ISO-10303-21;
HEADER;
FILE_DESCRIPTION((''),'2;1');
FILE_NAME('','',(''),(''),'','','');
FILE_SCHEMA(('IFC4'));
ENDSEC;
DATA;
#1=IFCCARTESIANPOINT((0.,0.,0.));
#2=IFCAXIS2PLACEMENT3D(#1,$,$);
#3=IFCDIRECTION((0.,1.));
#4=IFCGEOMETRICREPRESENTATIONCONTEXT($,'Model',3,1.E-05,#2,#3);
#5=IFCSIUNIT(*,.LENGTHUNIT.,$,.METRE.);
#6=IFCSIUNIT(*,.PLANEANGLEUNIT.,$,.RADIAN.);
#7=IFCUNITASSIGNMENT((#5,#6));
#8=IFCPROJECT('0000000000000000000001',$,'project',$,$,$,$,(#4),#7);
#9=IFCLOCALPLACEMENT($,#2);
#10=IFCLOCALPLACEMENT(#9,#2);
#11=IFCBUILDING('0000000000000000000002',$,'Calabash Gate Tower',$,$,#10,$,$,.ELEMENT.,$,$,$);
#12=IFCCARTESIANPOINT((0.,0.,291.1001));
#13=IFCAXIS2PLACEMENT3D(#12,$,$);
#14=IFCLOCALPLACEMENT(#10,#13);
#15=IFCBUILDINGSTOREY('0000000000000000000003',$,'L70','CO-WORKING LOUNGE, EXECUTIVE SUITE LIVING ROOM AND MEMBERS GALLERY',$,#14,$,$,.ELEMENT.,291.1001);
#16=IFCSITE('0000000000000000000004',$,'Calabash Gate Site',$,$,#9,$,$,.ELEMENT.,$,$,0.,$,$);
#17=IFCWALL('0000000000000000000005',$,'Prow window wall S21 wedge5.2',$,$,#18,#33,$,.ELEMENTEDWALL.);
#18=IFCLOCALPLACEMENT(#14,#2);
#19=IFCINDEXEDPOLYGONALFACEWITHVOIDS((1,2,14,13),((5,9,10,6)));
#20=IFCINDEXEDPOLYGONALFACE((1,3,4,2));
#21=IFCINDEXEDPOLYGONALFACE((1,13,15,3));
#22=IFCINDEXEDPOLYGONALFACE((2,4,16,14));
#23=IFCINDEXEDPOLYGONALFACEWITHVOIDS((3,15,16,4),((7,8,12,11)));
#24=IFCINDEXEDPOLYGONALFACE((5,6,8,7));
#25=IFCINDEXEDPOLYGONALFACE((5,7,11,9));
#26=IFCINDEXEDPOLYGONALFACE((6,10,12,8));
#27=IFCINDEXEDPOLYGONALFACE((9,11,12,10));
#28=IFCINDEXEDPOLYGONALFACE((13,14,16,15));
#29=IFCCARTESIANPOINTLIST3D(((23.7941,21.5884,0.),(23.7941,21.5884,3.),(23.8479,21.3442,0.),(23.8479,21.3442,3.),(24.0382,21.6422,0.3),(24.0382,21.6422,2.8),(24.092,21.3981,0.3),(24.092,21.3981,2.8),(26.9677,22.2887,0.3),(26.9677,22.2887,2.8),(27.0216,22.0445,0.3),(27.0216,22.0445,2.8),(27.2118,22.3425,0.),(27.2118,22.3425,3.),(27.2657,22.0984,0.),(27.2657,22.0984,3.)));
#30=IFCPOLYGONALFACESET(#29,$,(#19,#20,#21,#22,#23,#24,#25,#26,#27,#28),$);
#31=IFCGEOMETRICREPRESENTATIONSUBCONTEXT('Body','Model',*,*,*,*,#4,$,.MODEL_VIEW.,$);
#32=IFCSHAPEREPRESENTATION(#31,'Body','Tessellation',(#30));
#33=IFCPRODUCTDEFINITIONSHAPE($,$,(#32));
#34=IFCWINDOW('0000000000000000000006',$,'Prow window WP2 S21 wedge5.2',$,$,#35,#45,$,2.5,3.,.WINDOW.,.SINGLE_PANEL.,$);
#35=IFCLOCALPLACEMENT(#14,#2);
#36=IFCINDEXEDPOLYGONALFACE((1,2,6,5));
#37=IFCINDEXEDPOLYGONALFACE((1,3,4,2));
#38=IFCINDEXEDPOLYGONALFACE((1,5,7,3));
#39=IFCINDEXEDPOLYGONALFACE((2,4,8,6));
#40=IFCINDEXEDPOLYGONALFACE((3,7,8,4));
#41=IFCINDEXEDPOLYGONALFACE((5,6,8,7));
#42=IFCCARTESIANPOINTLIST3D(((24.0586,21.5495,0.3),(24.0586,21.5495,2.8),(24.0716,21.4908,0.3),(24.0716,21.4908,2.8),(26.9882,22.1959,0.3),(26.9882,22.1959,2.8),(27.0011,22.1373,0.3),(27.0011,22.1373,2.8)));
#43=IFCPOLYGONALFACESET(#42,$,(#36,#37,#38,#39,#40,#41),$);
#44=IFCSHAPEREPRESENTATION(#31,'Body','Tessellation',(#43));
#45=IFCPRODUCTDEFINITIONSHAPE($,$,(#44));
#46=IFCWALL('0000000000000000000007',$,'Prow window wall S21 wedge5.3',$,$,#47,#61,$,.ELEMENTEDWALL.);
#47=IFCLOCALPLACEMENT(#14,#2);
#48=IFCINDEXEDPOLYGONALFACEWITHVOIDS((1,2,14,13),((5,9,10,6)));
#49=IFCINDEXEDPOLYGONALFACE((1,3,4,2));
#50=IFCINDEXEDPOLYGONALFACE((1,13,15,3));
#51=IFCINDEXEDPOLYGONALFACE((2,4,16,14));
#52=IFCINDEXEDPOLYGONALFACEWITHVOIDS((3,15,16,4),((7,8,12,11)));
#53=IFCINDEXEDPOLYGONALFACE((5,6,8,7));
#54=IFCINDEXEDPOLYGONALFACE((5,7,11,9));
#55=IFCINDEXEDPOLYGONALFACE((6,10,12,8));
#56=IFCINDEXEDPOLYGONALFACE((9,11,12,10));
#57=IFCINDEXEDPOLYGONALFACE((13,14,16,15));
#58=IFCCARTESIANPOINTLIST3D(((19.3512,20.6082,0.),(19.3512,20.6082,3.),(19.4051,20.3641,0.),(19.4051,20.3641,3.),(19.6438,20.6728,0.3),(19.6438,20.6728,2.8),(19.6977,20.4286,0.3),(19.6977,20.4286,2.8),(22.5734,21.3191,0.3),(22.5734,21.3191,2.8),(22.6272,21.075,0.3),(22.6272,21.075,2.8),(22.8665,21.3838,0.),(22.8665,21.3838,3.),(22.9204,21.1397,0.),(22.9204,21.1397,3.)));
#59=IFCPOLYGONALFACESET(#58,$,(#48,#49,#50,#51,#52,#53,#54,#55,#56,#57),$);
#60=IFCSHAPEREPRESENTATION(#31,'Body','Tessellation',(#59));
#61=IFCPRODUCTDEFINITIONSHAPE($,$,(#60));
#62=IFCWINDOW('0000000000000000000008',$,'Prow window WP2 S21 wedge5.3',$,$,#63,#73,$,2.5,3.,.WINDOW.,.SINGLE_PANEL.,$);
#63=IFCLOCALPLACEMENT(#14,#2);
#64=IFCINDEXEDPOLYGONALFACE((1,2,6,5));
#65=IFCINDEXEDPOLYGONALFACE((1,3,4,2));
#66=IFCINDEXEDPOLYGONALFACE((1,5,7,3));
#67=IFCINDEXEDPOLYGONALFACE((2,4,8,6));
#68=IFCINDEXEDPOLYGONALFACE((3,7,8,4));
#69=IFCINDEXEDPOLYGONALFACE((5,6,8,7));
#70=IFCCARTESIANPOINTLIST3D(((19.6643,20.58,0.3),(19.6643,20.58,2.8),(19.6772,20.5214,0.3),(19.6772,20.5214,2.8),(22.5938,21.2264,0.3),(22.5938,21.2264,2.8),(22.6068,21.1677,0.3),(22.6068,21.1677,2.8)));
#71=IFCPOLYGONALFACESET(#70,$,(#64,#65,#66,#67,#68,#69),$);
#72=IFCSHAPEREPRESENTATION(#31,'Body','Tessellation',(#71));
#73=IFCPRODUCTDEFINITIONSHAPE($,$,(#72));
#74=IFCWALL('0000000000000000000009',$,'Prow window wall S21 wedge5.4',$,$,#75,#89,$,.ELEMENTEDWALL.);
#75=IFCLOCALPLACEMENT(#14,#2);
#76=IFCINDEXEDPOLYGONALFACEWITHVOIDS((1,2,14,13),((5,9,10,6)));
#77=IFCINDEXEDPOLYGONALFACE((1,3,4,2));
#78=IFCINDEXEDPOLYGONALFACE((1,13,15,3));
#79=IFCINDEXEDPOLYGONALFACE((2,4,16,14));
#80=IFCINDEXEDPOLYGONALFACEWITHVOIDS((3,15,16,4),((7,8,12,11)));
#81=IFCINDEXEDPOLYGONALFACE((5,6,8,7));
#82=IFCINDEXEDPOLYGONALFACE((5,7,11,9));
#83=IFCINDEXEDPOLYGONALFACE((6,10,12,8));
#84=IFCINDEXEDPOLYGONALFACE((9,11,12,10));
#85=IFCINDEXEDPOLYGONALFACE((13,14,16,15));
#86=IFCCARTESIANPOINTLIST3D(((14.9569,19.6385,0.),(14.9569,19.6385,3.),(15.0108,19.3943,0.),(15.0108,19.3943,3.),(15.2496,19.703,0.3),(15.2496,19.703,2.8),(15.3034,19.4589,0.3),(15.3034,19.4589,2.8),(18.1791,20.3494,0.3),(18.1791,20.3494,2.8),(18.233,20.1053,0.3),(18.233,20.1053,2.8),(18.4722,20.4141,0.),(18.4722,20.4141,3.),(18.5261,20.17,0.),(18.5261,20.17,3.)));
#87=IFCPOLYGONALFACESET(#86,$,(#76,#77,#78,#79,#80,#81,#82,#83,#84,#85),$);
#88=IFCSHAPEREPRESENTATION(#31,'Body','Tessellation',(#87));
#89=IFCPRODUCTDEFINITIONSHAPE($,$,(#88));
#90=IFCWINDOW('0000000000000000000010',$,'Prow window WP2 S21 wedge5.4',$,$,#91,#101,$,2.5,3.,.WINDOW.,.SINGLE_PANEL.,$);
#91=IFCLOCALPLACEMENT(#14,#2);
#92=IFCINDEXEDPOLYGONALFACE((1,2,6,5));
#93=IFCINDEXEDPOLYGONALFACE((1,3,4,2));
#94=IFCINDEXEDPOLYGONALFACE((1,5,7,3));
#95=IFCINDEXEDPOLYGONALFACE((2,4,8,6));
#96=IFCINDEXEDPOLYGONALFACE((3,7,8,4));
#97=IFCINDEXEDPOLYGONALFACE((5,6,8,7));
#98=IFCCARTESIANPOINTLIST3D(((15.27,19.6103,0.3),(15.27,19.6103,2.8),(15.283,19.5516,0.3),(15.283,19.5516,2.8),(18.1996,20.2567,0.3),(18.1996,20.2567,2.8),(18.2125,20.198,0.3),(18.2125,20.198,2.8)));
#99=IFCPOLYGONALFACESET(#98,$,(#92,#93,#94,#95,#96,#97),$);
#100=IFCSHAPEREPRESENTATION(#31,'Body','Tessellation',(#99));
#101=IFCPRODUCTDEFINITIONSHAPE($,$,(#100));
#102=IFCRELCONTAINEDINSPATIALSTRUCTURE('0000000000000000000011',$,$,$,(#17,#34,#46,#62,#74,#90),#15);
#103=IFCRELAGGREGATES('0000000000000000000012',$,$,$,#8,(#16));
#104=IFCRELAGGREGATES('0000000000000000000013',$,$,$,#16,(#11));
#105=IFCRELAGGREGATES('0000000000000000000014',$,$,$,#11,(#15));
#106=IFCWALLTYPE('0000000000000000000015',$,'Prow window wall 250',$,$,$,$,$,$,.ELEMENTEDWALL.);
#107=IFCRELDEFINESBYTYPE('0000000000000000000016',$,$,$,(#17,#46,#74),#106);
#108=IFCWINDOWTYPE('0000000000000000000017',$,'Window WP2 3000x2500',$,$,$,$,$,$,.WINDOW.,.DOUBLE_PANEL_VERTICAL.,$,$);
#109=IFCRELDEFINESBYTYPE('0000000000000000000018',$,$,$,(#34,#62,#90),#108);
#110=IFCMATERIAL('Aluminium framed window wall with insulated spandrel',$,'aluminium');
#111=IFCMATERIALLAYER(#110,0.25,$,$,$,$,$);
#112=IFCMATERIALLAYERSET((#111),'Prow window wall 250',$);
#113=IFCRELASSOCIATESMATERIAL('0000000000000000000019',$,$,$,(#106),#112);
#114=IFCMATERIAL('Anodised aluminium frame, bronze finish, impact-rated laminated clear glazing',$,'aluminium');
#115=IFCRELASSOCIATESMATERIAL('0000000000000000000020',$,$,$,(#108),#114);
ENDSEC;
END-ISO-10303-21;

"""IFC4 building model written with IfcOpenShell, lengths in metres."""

from ifc_helpers import new_model, si_unit, direction, frame, frame_2d, origin, place, context, subcontext, project, spatial, rectangle, extrude, material, layer, layer_set, type_object, element, fill, save


model = new_model("IFC4")

# Units and contexts
model_context = context("Model", 3, precision=1e-05, world=origin(), true_north=direction((0.0, 1.0)))
body_context = subcontext(model_context, "Body", "Model", "MODEL_VIEW")
ifc_project = project(units=[si_unit("LENGTHUNIT", "METRE"), si_unit("PLANEANGLEUNIT", "RADIAN")], contexts=[model_context])

# Site, building, storey
site_placement = place(None, origin())
site = spatial("IfcSite", under=ifc_project, at=site_placement, Name="Calabash Gate Site", CompositionType="ELEMENT", RefElevation=0.0)
building_placement = place(site_placement, origin())
building = spatial("IfcBuilding", under=site, at=building_placement, Name="Calabash Gate Tower", CompositionType="ELEMENT")
storey_placement = place(building_placement, frame((0.0, 0.0, 291.1001)))
storey = spatial("IfcBuildingStorey", under=building, at=storey_placement, Name="L70", Description="CO-WORKING LOUNGE, EXECUTIVE SUITE LIVING ROOM AND MEMBERS GALLERY", CompositionType="ELEMENT", Elevation=291.1001)

# Walls, openings, windows
ifc_material_1 = material(Name="Aluminium framed window wall with insulated spandrel", Category="aluminium")
ifc_layer_1 = layer(ifc_material_1, 0.25)
ifc_layer_set_1 = layer_set([ifc_layer_1], Name="Prow window wall 250")
wall_type_1 = type_object("IfcWallType", Name="Prow window wall 250", PredefinedType="ELEMENTEDWALL", material=ifc_layer_set_1)
ifc_material_2 = material(Name="Anodised aluminium frame, bronze finish, impact-rated laminated clear glazing", Category="aluminium")
window_type = type_object("IfcWindowType", Name="Window WP2 3000x2500", PartitioningType="DOUBLE_PANEL_VERTICAL", PredefinedType="WINDOW", material=ifc_material_2)
wall_1_placement = place(storey_placement, frame((27.2388, 22.2205, 0.0), z_axis=(0.0, 0.0, 1.0), x_axis=(-0.976509, -0.215475, 0.0)))
wall_1 = element("IfcWall", 1, at=wall_1_placement, inside=storey, type_object=wall_type_1, Name="Prow window wall S21 wedge5.2", PredefinedType="ELEMENTEDWALL", context=body_context, shape_type="SweptSolid", body=[
    extrude(rectangle(XDim=3.5, YDim=0.25, at=frame_2d((1.75, 0.0))), origin(), (0.0, 0.0, 1.0), 3.0),
])
opening_1_placement = place(wall_1_placement, frame((0.25, 0.0, 0.3)))
opening_1 = element("IfcOpeningElement", 2, at=opening_1_placement, cuts=wall_1, PredefinedType="OPENING", context=body_context, shape_type="SweptSolid", body=[
    extrude(rectangle(XDim=3.0, YDim=2.5, at=frame_2d((1.5, 1.25))), frame((0.0, 0.135, 0.0), z_axis=(0.0, -1.0, 0.0), x_axis=(1.0, 0.0, 0.0)), (0.0, 0.0, 1.0), 0.27),
])
window_1_placement = place(opening_1_placement, origin())
window_1 = element("IfcWindow", 3, at=window_1_placement, inside=storey, type_object=window_type, Name="Prow window WP2 S21 wedge5.2", OverallHeight=2.5, OverallWidth=3.0, PartitioningType="SINGLE_PANEL", PredefinedType="WINDOW", context=body_context, shape_type="SweptSolid", body=[
    extrude(rectangle(XDim=3.0, YDim=2.5, at=frame_2d((1.5, 1.25))), frame((0.0, 0.03, 0.0), z_axis=(0.0, -1.0, 0.0), x_axis=(1.0, 0.0, 0.0)), (0.0, 0.0, 1.0), 0.0601),
])
fill(opening_1, window_1)
wall_2_placement = place(storey_placement, frame((22.8933, 21.2617, 0.0), z_axis=(0.0, 0.0, 1.0), x_axis=(-0.976513, -0.215458, 0.0)))
wall_2 = element("IfcWall", 4, at=wall_2_placement, inside=storey, type_object=wall_type_1, Name="Prow window wall S21 wedge5.3", PredefinedType="ELEMENTEDWALL", context=body_context, shape_type="SweptSolid", body=[
    extrude(rectangle(XDim=3.5999, YDim=0.25, at=frame_2d((1.7998, 0.0))), origin(), (0.0, 0.0, 1.0), 3.0),
])
opening_2_placement = place(wall_2_placement, frame((0.3, 0.0, 0.3)))
opening_2 = element("IfcOpeningElement", 5, at=opening_2_placement, cuts=wall_2, PredefinedType="OPENING", context=body_context, shape_type="SweptSolid", body=[
    extrude(rectangle(XDim=3.0, YDim=2.5, at=frame_2d((1.5, 1.25))), frame((0.0, 0.135, 0.0), z_axis=(0.0, -1.0, 0.0), x_axis=(1.0, 0.0, 0.0)), (0.0, 0.0, 1.0), 0.27),
])
window_2_placement = place(opening_2_placement, origin())
window_2 = element("IfcWindow", 6, at=window_2_placement, inside=storey, type_object=window_type, Name="Prow window WP2 S21 wedge5.3", OverallHeight=2.5, OverallWidth=3.0, PartitioningType="SINGLE_PANEL", PredefinedType="WINDOW", context=body_context, shape_type="SweptSolid", body=[
    extrude(rectangle(XDim=3.0, YDim=2.5, at=frame_2d((1.5, 1.25))), frame((0.0, 0.03, 0.0), z_axis=(0.0, -1.0, 0.0), x_axis=(1.0, 0.0, 0.0)), (0.0, 0.0, 1.0), 0.0601),
])
fill(opening_2, window_2)
wall_3_placement = place(storey_placement, frame((18.499, 20.292, 0.0), z_axis=(0.0, 0.0, 1.0), x_axis=(-0.976513, -0.215458, 0.0)))
wall_3 = element("IfcWall", 7, at=wall_3_placement, inside=storey, type_object=wall_type_1, Name="Prow window wall S21 wedge5.4", PredefinedType="ELEMENTEDWALL", context=body_context, shape_type="SweptSolid", body=[
    extrude(rectangle(XDim=3.5999, YDim=0.25, at=frame_2d((1.7998, 0.0))), origin(), (0.0, 0.0, 1.0), 3.0),
])
opening_3_placement = place(wall_3_placement, frame((0.3, 0.0, 0.3)))
opening_3 = element("IfcOpeningElement", 8, at=opening_3_placement, cuts=wall_3, PredefinedType="OPENING", context=body_context, shape_type="SweptSolid", body=[
    extrude(rectangle(XDim=3.0, YDim=2.5, at=frame_2d((1.5, 1.25))), frame((0.0, 0.135, 0.0), z_axis=(0.0, -1.0, 0.0), x_axis=(1.0, 0.0, 0.0)), (0.0, 0.0, 1.0), 0.27),
])
window_3_placement = place(opening_3_placement, origin())
window_3 = element("IfcWindow", 9, at=window_3_placement, inside=storey, type_object=window_type, Name="Prow window WP2 S21 wedge5.4", OverallHeight=2.5, OverallWidth=3.0, PartitioningType="SINGLE_PANEL", PredefinedType="WINDOW", context=body_context, shape_type="SweptSolid", body=[
    extrude(rectangle(XDim=3.0, YDim=2.5, at=frame_2d((1.5, 1.25))), frame((0.0, 0.03, 0.0), z_axis=(0.0, -1.0, 0.0), x_axis=(1.0, 0.0, 0.0)), (0.0, 0.0, 1.0), 0.0601),
])
fill(opening_3, window_3)

save(model, "model.ifc")
